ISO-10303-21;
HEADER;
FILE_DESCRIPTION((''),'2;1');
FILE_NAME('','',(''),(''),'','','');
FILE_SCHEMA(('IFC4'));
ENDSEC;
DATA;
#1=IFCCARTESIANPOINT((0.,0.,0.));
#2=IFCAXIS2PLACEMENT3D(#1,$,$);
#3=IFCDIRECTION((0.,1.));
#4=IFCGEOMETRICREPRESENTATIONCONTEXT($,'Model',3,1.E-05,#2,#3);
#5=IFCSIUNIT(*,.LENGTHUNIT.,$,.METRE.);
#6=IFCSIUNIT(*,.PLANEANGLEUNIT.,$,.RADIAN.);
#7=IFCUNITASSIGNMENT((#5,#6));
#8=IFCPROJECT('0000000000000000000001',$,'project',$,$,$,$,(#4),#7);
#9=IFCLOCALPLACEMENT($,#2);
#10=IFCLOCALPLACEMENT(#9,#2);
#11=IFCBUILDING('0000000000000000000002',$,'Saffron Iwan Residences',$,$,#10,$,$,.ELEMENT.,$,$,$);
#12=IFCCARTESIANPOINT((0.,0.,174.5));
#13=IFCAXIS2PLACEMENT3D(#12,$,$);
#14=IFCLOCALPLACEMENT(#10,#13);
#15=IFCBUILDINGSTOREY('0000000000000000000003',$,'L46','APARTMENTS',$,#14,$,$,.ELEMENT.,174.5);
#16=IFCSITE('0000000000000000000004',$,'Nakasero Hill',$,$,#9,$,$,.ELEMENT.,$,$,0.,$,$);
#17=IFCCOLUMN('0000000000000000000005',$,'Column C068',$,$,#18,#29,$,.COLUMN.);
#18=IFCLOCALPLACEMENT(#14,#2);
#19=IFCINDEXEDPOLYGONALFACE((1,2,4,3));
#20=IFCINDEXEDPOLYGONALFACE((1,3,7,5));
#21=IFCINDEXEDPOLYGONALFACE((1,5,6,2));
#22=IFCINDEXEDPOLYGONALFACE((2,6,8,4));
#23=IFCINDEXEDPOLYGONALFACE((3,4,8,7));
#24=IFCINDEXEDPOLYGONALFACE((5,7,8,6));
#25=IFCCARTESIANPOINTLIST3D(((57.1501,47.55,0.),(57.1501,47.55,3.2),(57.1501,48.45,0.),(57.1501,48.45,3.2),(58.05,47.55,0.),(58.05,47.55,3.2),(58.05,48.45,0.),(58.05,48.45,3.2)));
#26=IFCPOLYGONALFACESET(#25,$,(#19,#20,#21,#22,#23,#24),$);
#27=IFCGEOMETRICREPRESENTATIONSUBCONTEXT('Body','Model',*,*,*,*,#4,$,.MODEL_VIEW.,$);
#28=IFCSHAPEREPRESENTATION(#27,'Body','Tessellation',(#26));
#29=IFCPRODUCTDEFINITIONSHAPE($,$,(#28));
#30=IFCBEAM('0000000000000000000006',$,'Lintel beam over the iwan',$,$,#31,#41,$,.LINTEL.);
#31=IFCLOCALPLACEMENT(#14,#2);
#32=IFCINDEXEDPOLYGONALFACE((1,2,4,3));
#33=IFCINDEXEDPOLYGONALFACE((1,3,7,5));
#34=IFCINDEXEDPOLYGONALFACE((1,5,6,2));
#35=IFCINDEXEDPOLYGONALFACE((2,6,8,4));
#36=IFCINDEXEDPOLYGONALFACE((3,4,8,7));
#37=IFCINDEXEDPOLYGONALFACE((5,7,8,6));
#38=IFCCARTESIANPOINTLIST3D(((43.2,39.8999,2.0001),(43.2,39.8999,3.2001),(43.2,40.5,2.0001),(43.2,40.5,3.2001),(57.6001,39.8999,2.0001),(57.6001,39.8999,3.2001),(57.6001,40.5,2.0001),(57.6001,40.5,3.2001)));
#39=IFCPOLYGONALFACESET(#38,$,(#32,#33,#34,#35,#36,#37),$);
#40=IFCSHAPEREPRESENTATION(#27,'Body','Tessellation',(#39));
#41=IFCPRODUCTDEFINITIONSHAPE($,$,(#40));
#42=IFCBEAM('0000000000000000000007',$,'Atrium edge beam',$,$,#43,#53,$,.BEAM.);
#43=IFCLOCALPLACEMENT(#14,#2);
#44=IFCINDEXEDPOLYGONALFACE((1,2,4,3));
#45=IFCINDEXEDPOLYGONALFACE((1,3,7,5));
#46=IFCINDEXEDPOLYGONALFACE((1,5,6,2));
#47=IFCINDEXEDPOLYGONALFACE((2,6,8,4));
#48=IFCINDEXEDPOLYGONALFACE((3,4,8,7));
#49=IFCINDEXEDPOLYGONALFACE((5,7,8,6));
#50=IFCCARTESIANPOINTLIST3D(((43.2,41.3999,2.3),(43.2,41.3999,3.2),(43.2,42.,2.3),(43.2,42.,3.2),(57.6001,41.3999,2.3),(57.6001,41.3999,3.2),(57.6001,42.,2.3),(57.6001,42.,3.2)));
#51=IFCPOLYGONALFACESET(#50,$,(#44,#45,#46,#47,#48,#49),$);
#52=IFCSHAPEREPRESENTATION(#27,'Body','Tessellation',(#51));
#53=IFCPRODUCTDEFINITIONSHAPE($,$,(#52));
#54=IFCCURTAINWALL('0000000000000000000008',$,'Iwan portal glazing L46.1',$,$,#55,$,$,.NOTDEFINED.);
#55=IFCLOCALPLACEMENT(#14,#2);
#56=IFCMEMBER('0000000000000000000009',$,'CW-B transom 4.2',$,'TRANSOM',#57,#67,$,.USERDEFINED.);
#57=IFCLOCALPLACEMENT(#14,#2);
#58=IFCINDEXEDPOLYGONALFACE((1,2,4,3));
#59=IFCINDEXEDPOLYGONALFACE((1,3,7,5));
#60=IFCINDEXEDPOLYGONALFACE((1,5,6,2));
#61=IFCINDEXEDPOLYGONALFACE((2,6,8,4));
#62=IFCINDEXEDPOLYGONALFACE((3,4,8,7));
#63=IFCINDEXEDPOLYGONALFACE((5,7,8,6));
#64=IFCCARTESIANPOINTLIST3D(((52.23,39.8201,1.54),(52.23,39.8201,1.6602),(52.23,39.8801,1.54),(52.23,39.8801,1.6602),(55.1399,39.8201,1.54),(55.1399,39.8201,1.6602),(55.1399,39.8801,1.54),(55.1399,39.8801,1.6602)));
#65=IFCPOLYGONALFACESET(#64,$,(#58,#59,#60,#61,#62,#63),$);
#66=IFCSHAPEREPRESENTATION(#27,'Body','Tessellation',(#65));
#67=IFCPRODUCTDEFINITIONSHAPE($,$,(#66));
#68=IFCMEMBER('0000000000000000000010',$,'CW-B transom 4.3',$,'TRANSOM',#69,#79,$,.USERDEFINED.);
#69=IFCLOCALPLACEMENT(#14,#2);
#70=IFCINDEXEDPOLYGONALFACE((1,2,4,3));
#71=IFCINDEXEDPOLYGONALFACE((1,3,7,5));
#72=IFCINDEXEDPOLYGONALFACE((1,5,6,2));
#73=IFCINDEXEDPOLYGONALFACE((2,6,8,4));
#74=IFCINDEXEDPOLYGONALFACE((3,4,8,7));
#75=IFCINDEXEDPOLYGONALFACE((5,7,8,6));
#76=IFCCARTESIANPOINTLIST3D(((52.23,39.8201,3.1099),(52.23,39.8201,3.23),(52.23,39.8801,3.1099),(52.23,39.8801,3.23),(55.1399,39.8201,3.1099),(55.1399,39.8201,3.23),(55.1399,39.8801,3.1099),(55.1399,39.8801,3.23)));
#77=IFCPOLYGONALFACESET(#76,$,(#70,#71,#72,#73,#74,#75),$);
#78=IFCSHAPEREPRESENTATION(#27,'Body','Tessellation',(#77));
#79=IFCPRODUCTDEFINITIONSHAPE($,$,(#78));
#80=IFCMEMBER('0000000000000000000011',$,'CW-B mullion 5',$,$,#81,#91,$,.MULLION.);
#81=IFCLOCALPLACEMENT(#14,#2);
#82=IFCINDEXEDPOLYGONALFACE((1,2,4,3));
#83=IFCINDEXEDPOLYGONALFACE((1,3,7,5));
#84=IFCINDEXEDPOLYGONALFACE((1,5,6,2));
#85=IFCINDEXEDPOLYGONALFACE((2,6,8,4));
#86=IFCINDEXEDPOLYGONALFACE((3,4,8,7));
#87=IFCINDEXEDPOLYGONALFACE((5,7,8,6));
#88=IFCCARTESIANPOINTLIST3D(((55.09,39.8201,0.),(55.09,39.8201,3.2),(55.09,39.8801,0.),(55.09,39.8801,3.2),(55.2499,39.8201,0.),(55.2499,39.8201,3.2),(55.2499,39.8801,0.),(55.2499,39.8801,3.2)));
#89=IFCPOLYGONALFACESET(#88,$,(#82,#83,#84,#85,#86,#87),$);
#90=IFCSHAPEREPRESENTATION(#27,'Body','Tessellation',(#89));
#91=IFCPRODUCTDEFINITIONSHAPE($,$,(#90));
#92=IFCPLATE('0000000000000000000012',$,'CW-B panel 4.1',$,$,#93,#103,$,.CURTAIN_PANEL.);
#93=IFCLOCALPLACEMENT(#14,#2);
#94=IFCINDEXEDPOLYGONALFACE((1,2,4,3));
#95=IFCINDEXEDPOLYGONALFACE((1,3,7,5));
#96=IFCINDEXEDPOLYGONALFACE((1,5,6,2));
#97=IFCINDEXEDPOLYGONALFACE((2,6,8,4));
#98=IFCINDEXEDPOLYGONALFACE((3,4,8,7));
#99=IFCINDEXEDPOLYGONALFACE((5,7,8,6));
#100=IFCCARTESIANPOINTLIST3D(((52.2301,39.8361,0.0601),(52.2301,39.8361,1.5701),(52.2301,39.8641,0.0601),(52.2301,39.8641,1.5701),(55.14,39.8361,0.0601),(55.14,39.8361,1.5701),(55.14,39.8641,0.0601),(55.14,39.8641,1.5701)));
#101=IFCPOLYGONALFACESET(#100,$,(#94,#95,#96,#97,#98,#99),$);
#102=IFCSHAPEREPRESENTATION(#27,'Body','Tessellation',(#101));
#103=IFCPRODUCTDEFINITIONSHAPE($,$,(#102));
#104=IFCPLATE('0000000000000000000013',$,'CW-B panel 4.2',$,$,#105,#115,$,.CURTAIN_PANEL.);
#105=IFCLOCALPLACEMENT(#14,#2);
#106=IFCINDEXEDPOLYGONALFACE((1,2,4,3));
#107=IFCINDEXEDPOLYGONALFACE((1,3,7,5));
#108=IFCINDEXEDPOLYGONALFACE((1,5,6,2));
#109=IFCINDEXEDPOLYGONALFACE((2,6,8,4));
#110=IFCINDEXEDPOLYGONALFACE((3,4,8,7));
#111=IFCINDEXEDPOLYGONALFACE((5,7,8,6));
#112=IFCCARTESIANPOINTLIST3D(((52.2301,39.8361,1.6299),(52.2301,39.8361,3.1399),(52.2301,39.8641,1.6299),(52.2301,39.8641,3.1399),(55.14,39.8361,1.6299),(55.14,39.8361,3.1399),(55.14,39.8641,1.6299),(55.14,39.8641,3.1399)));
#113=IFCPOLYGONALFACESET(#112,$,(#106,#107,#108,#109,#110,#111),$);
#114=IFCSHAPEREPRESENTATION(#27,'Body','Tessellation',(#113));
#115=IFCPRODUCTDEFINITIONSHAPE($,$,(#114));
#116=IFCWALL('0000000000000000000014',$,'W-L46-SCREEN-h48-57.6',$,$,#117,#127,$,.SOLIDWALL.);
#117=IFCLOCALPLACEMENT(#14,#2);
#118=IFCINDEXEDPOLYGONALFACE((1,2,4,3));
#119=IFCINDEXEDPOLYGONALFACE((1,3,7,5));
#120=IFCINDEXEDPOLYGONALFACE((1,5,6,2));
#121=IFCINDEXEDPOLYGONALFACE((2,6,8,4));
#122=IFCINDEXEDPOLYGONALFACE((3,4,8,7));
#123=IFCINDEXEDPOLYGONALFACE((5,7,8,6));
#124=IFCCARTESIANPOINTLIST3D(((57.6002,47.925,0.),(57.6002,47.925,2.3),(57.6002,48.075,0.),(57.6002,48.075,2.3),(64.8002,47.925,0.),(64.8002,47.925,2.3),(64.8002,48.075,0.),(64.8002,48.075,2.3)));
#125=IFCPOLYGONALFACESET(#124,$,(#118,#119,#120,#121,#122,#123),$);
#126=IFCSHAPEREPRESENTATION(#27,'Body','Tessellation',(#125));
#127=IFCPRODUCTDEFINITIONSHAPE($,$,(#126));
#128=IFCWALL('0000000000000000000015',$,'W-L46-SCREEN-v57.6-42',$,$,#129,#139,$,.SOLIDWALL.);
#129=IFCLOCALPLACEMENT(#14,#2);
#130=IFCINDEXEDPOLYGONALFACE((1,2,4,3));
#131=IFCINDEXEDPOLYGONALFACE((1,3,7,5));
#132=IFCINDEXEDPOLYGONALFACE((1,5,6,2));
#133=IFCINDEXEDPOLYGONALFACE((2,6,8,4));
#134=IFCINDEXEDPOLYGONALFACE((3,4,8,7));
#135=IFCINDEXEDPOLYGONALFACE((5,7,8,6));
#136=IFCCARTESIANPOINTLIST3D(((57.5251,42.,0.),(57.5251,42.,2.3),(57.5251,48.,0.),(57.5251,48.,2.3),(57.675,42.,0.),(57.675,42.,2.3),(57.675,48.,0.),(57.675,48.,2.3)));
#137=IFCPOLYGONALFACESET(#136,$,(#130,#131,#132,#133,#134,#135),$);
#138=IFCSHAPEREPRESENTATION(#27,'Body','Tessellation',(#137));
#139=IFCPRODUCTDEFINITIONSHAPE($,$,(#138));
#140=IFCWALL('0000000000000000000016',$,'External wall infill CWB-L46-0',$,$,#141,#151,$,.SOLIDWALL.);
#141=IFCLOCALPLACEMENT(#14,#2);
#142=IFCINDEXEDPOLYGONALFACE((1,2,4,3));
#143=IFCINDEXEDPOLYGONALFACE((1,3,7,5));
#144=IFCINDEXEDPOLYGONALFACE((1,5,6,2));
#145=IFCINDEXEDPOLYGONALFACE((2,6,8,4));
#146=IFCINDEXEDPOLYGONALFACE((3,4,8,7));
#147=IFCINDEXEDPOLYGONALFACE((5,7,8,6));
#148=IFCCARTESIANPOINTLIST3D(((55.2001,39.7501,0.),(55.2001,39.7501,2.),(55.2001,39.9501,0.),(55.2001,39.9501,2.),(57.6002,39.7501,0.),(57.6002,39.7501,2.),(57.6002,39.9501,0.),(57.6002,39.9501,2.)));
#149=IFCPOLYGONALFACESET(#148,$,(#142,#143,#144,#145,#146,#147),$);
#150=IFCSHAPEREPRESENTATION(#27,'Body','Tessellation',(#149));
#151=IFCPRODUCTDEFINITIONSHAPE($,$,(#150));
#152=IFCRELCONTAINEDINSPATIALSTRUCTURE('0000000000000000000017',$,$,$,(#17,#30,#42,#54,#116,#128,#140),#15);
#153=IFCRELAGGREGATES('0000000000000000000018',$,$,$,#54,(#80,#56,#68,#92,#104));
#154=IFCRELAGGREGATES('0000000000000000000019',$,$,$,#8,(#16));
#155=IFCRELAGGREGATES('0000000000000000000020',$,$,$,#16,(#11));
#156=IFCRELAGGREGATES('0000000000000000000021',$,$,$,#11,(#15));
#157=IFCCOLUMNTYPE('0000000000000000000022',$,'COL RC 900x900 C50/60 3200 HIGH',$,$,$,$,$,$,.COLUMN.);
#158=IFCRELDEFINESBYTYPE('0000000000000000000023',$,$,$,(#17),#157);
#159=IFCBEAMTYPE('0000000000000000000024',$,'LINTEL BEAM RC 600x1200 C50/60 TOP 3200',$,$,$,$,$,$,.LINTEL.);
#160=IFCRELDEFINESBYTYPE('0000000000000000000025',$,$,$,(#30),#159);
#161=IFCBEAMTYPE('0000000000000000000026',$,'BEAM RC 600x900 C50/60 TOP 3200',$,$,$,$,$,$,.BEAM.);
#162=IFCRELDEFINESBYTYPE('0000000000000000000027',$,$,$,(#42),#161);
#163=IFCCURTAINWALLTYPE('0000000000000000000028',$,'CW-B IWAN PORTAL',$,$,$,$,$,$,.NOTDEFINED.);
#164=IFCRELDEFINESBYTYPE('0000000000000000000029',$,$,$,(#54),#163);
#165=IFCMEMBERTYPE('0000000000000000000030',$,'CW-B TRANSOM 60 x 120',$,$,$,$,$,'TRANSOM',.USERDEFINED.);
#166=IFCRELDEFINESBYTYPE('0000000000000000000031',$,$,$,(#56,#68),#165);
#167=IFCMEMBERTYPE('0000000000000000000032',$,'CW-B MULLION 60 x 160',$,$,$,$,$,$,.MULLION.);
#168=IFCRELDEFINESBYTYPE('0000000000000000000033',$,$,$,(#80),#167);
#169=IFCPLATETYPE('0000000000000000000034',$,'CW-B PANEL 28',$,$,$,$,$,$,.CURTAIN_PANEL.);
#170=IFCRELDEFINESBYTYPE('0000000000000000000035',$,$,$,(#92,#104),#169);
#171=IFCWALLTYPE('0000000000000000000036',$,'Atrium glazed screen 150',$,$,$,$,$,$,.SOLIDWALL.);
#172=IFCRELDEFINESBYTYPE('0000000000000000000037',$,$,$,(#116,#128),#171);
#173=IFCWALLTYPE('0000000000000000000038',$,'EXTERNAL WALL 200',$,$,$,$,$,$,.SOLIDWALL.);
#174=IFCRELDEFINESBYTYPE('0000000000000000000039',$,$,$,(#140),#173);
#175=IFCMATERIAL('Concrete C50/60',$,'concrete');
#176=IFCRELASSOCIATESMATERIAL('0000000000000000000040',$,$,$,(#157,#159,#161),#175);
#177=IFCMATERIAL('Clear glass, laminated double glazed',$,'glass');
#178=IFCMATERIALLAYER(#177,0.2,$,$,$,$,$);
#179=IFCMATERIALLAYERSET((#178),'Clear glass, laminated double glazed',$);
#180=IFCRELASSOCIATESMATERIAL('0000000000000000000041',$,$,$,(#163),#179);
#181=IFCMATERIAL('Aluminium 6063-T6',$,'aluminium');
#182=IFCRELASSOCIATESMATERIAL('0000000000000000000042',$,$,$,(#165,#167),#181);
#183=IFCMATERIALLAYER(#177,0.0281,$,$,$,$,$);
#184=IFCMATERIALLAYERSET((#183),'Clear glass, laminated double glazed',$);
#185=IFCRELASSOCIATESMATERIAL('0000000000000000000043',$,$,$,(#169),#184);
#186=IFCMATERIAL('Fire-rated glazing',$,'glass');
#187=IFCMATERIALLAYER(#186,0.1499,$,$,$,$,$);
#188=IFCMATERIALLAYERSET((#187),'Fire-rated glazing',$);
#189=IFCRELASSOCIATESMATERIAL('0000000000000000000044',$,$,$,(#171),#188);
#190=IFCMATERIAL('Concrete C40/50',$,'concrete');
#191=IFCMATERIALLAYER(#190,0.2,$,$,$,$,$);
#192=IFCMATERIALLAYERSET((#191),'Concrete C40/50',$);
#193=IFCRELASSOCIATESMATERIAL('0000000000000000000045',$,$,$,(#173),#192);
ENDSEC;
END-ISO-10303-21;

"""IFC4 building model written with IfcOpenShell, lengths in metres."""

from ifc_helpers import new_model, si_unit, direction, frame, frame_2d, origin, origin_2d, place, context, subcontext, project, spatial, rectangle, extrude, source, transform, mapped, material, layer, layer_set, material_profile, profile_set, type_object, element, aggregate, save


model = new_model("IFC4")

# Units and contexts
model_context = context("Model", 3, precision=1e-05, world=origin(), true_north=direction((0.0, 1.0)))
body_context = subcontext(model_context, "Body", "Model", "MODEL_VIEW")
ifc_project = project(units=[si_unit("LENGTHUNIT", "METRE"), si_unit("PLANEANGLEUNIT", "RADIAN")], contexts=[model_context])

# Site, building, storey
site_placement = place(None, origin())
site = spatial("IfcSite", under=ifc_project, at=site_placement, Name="Nakasero Hill", CompositionType="ELEMENT", RefElevation=0.0)
building_placement = place(site_placement, origin())
building = spatial("IfcBuilding", under=site, at=building_placement, Name="Saffron Iwan Residences", CompositionType="ELEMENT")
storey_placement = place(building_placement, frame((0.0, 0.0, 174.5)))
storey = spatial("IfcBuildingStorey", under=building, at=storey_placement, Name="L46", Description="APARTMENTS", CompositionType="ELEMENT", Elevation=174.5)

# Column
ifc_material_1 = material(Name="Concrete C50/60", Category="concrete")
ifc_material_profile_1 = material_profile(ifc_material_1, rectangle(XDim=0.8999, YDim=0.8999, at=origin_2d()), Name="RC 900x900")
ifc_profile_set_1 = profile_set([ifc_material_profile_1], Name="Concrete C50/60")
column_type = type_object("IfcColumnType", Name="COL RC 900x900 C50/60 3200 HIGH", PredefinedType="COLUMN", material=ifc_profile_set_1)
shared_shape_1 = source(origin(), body_context, "Body", "SweptSolid", [
    extrude(rectangle(XDim=0.8999, YDim=0.8999, at=origin_2d()), origin(), (0.0, 0.0, 1.0), 3.2),
])
column_placement = place(storey_placement, frame((57.6001, 48.0, 0.0), z_axis=(0.0, 0.0, 1.0), x_axis=(1.0, 0.0, 0.0)))
element("IfcColumn", 1, at=column_placement, inside=storey, type_object=column_type, Name="Column C068", PredefinedType="COLUMN", context=body_context, shape_type="MappedRepresentation", body=[
    mapped(shared_shape_1, transform((0.0, 0.0, 0.0))),
])

# Beams
ifc_material_profile_2 = material_profile(ifc_material_1, rectangle(XDim=0.6001, YDim=1.2, at=origin_2d()), Name="RC 600x1200")
ifc_profile_set_2 = profile_set([ifc_material_profile_2], Name="Concrete C50/60")
beam_type_1 = type_object("IfcBeamType", Name="LINTEL BEAM RC 600x1200 C50/60 TOP 3200", PredefinedType="LINTEL", material=ifc_profile_set_2)
shared_shape_2 = source(origin(), body_context, "Body", "SweptSolid", [
    extrude(rectangle(XDim=0.6001, YDim=1.2, at=origin_2d()), origin(), (0.0, 0.0, 1.0), 14.4001),
])
beam_1_placement = place(storey_placement, frame((57.6001, 40.2, 2.6001), z_axis=(-1.0, 0.0, 0.0), x_axis=(0.0, -1.0, 0.0)))
element("IfcBeam", 2, at=beam_1_placement, inside=storey, type_object=beam_type_1, Name="Lintel beam over the iwan", PredefinedType="LINTEL", context=body_context, shape_type="MappedRepresentation", body=[
    mapped(shared_shape_2, transform((0.0, 0.0, 0.0))),
])
ifc_material_profile_3 = material_profile(ifc_material_1, rectangle(XDim=0.6001, YDim=0.8999, at=origin_2d()), Name="RC 600x900")
ifc_profile_set_3 = profile_set([ifc_material_profile_3], Name="Concrete C50/60")
beam_type_2 = type_object("IfcBeamType", Name="BEAM RC 600x900 C50/60 TOP 3200", PredefinedType="BEAM", material=ifc_profile_set_3)
shared_shape_3 = source(origin(), body_context, "Body", "SweptSolid", [
    extrude(rectangle(XDim=0.6001, YDim=0.8999, at=origin_2d()), origin(), (0.0, 0.0, 1.0), 14.4001),
])
beam_2_placement = place(storey_placement, frame((57.6001, 41.7, 2.75), z_axis=(-1.0, 0.0, 0.0), x_axis=(0.0, -1.0, 0.0)))
element("IfcBeam", 3, at=beam_2_placement, inside=storey, type_object=beam_type_2, Name="Atrium edge beam", PredefinedType="BEAM", context=body_context, shape_type="MappedRepresentation", body=[
    mapped(shared_shape_3, transform((0.0, 0.0, 0.0))),
])

# Curtain wall, members, plates
ifc_material_2 = material(Name="Clear glass, laminated double glazed", Category="glass")
ifc_layer_1 = layer(ifc_material_2, 0.2)
ifc_layer_set_1 = layer_set([ifc_layer_1], Name="Clear glass, laminated double glazed")
curtain_wall_type = type_object("IfcCurtainWallType", Name="CW-B IWAN PORTAL", PredefinedType="NOTDEFINED", material=ifc_layer_set_1)
curtain_wall_placement = place(storey_placement, origin())
curtain_wall = element("IfcCurtainWall", 4, at=curtain_wall_placement, inside=storey, type_object=curtain_wall_type, Name="Iwan portal glazing L46.1", PredefinedType="NOTDEFINED")
ifc_material_3 = material(Name="Aluminium 6063-T6", Category="aluminium")
ifc_material_profile_4 = material_profile(ifc_material_3, rectangle(XDim=0.0601, YDim=0.1201, at=origin_2d()), Name="CW-B TRANSOM 60 x 120")
ifc_profile_set_4 = profile_set([ifc_material_profile_4], Name="Aluminium 6063-T6")
member_type_1 = type_object("IfcMemberType", Name="CW-B TRANSOM 60 x 120", ElementType="TRANSOM", PredefinedType="USERDEFINED", material=ifc_profile_set_4)
shared_shape_4 = source(origin(), body_context, "Body", "SweptSolid", [
    extrude(rectangle(XDim=0.0601, YDim=0.1201, at=origin_2d()), origin(), (0.0, 0.0, 1.0), 2.9099),
])
member_1_placement = place(storey_placement, frame((52.23, 39.8501, 1.6001), z_axis=(1.0, 0.0, 0.0), x_axis=(0.0, 1.0, 0.0)))
member_1 = element("IfcMember", 5, at=member_1_placement, type_object=member_type_1, Name="CW-B transom 4.2", ObjectType="TRANSOM", PredefinedType="USERDEFINED", context=body_context, shape_type="MappedRepresentation", body=[
    mapped(shared_shape_4, transform((0.0, 0.0, 0.0))),
])
member_2_placement = place(storey_placement, frame((52.23, 39.8501, 3.1699), z_axis=(1.0, 0.0, 0.0), x_axis=(0.0, 1.0, 0.0)))
member_2 = element("IfcMember", 6, at=member_2_placement, type_object=member_type_1, Name="CW-B transom 4.3", ObjectType="TRANSOM", PredefinedType="USERDEFINED", context=body_context, shape_type="MappedRepresentation", body=[
    mapped(shared_shape_4, transform((0.0, 0.0, 0.0))),
])
ifc_material_profile_5 = material_profile(ifc_material_3, rectangle(XDim=0.0601, YDim=0.1599, at=origin_2d()), Name="CW-B MULLION 60 x 160")
ifc_profile_set_5 = profile_set([ifc_material_profile_5], Name="Aluminium 6063-T6")
member_type_2 = type_object("IfcMemberType", Name="CW-B MULLION 60 x 160", PredefinedType="MULLION", material=ifc_profile_set_5)
shared_shape_5 = source(origin(), body_context, "Body", "SweptSolid", [
    extrude(rectangle(XDim=0.0601, YDim=0.1599, at=origin_2d()), origin(), (0.0, 0.0, 1.0), 3.2),
])
member_3_placement = place(storey_placement, frame((55.1699, 39.8501, 0.0), z_axis=(0.0, 0.0, 1.0), x_axis=(0.0, 1.0, 0.0)))
member_3 = element("IfcMember", 7, at=member_3_placement, type_object=member_type_2, Name="CW-B mullion 5", PredefinedType="MULLION", context=body_context, shape_type="MappedRepresentation", body=[
    mapped(shared_shape_5, transform((0.0, 0.0, 0.0))),
])
ifc_layer_2 = layer(ifc_material_2, 0.0281)
ifc_layer_set_2 = layer_set([ifc_layer_2], Name="Clear glass, laminated double glazed")
plate_type = type_object("IfcPlateType", Name="CW-B PANEL 28", PredefinedType="CURTAIN_PANEL", material=ifc_layer_set_2)
shared_shape_6 = source(origin(), body_context, "Body", "SweptSolid", [
    extrude(rectangle(XDim=2.9099, YDim=0.0281, at=origin_2d()), origin(), (0.0, 0.0, 1.0), 1.51),
])
plate_1_placement = place(storey_placement, frame((53.6851, 39.8501, 0.0601), z_axis=(0.0, 0.0, 1.0), x_axis=(1.0, 0.0, 0.0)))
plate_1 = element("IfcPlate", 8, at=plate_1_placement, type_object=plate_type, Name="CW-B panel 4.1", PredefinedType="CURTAIN_PANEL", context=body_context, shape_type="MappedRepresentation", body=[
    mapped(shared_shape_6, transform((0.0, 0.0, 0.0))),
])
plate_2_placement = place(storey_placement, frame((53.6851, 39.8501, 1.6299), z_axis=(0.0, 0.0, 1.0), x_axis=(1.0, 0.0, 0.0)))
plate_2 = element("IfcPlate", 9, at=plate_2_placement, type_object=plate_type, Name="CW-B panel 4.2", PredefinedType="CURTAIN_PANEL", context=body_context, shape_type="MappedRepresentation", body=[
    mapped(shared_shape_6, transform((0.0, 0.0, 0.0))),
])
aggregate(curtain_wall, [member_3, member_1, member_2, plate_1, plate_2])

# Walls
ifc_material_4 = material(Name="Fire-rated glazing", Category="glass")
ifc_layer_3 = layer(ifc_material_4, 0.1499)
ifc_layer_set_3 = layer_set([ifc_layer_3], Name="Fire-rated glazing")
wall_type_1 = type_object("IfcWallType", Name="Atrium glazed screen 150", PredefinedType="SOLIDWALL", material=ifc_layer_set_3)
wall_1_placement = place(storey_placement, frame((57.6001, 48.0, 0.0), z_axis=(0.0, 0.0, 1.0), x_axis=(1.0, 0.0, 0.0)))
element("IfcWall", 10, at=wall_1_placement, inside=storey, type_object=wall_type_1, Name="W-L46-SCREEN-h48-57.6", PredefinedType="SOLIDWALL", context=body_context, shape_type="SweptSolid", body=[
    extrude(rectangle(XDim=7.2, YDim=0.1499, at=frame_2d((3.6001, 0.0))), origin(), (0.0, 0.0, 1.0), 2.3),
])
wall_2_placement = place(storey_placement, frame((57.6001, 42.0, 0.0), z_axis=(0.0, 0.0, 1.0), x_axis=(0.0, 1.0, 0.0)))
element("IfcWall", 11, at=wall_2_placement, inside=storey, type_object=wall_type_1, Name="W-L46-SCREEN-v57.6-42", PredefinedType="SOLIDWALL", context=body_context, shape_type="SweptSolid", body=[
    extrude(rectangle(XDim=6.0, YDim=0.1499, at=frame_2d((3.0, 0.0))), origin(), (0.0, 0.0, 1.0), 2.3),
])
ifc_material_5 = material(Name="Concrete C40/50", Category="concrete")
ifc_layer_4 = layer(ifc_material_5, 0.2)
ifc_layer_set_4 = layer_set([ifc_layer_4], Name="Concrete C40/50")
wall_type_2 = type_object("IfcWallType", Name="EXTERNAL WALL 200", PredefinedType="SOLIDWALL", material=ifc_layer_set_4)
wall_3_placement = place(storey_placement, frame((55.2, 39.8501, 0.0), z_axis=(0.0, 0.0, 1.0), x_axis=(1.0, 0.0, 0.0)))
element("IfcWall", 12, at=wall_3_placement, inside=storey, type_object=wall_type_2, Name="External wall infill CWB-L46-0", PredefinedType="SOLIDWALL", context=body_context, shape_type="SweptSolid", body=[
    extrude(rectangle(XDim=2.4001, YDim=0.2, at=frame_2d((1.2002, 0.0))), origin(), (0.0, 0.0, 1.0), 2.0),
])

save(model, "model.ifc")
